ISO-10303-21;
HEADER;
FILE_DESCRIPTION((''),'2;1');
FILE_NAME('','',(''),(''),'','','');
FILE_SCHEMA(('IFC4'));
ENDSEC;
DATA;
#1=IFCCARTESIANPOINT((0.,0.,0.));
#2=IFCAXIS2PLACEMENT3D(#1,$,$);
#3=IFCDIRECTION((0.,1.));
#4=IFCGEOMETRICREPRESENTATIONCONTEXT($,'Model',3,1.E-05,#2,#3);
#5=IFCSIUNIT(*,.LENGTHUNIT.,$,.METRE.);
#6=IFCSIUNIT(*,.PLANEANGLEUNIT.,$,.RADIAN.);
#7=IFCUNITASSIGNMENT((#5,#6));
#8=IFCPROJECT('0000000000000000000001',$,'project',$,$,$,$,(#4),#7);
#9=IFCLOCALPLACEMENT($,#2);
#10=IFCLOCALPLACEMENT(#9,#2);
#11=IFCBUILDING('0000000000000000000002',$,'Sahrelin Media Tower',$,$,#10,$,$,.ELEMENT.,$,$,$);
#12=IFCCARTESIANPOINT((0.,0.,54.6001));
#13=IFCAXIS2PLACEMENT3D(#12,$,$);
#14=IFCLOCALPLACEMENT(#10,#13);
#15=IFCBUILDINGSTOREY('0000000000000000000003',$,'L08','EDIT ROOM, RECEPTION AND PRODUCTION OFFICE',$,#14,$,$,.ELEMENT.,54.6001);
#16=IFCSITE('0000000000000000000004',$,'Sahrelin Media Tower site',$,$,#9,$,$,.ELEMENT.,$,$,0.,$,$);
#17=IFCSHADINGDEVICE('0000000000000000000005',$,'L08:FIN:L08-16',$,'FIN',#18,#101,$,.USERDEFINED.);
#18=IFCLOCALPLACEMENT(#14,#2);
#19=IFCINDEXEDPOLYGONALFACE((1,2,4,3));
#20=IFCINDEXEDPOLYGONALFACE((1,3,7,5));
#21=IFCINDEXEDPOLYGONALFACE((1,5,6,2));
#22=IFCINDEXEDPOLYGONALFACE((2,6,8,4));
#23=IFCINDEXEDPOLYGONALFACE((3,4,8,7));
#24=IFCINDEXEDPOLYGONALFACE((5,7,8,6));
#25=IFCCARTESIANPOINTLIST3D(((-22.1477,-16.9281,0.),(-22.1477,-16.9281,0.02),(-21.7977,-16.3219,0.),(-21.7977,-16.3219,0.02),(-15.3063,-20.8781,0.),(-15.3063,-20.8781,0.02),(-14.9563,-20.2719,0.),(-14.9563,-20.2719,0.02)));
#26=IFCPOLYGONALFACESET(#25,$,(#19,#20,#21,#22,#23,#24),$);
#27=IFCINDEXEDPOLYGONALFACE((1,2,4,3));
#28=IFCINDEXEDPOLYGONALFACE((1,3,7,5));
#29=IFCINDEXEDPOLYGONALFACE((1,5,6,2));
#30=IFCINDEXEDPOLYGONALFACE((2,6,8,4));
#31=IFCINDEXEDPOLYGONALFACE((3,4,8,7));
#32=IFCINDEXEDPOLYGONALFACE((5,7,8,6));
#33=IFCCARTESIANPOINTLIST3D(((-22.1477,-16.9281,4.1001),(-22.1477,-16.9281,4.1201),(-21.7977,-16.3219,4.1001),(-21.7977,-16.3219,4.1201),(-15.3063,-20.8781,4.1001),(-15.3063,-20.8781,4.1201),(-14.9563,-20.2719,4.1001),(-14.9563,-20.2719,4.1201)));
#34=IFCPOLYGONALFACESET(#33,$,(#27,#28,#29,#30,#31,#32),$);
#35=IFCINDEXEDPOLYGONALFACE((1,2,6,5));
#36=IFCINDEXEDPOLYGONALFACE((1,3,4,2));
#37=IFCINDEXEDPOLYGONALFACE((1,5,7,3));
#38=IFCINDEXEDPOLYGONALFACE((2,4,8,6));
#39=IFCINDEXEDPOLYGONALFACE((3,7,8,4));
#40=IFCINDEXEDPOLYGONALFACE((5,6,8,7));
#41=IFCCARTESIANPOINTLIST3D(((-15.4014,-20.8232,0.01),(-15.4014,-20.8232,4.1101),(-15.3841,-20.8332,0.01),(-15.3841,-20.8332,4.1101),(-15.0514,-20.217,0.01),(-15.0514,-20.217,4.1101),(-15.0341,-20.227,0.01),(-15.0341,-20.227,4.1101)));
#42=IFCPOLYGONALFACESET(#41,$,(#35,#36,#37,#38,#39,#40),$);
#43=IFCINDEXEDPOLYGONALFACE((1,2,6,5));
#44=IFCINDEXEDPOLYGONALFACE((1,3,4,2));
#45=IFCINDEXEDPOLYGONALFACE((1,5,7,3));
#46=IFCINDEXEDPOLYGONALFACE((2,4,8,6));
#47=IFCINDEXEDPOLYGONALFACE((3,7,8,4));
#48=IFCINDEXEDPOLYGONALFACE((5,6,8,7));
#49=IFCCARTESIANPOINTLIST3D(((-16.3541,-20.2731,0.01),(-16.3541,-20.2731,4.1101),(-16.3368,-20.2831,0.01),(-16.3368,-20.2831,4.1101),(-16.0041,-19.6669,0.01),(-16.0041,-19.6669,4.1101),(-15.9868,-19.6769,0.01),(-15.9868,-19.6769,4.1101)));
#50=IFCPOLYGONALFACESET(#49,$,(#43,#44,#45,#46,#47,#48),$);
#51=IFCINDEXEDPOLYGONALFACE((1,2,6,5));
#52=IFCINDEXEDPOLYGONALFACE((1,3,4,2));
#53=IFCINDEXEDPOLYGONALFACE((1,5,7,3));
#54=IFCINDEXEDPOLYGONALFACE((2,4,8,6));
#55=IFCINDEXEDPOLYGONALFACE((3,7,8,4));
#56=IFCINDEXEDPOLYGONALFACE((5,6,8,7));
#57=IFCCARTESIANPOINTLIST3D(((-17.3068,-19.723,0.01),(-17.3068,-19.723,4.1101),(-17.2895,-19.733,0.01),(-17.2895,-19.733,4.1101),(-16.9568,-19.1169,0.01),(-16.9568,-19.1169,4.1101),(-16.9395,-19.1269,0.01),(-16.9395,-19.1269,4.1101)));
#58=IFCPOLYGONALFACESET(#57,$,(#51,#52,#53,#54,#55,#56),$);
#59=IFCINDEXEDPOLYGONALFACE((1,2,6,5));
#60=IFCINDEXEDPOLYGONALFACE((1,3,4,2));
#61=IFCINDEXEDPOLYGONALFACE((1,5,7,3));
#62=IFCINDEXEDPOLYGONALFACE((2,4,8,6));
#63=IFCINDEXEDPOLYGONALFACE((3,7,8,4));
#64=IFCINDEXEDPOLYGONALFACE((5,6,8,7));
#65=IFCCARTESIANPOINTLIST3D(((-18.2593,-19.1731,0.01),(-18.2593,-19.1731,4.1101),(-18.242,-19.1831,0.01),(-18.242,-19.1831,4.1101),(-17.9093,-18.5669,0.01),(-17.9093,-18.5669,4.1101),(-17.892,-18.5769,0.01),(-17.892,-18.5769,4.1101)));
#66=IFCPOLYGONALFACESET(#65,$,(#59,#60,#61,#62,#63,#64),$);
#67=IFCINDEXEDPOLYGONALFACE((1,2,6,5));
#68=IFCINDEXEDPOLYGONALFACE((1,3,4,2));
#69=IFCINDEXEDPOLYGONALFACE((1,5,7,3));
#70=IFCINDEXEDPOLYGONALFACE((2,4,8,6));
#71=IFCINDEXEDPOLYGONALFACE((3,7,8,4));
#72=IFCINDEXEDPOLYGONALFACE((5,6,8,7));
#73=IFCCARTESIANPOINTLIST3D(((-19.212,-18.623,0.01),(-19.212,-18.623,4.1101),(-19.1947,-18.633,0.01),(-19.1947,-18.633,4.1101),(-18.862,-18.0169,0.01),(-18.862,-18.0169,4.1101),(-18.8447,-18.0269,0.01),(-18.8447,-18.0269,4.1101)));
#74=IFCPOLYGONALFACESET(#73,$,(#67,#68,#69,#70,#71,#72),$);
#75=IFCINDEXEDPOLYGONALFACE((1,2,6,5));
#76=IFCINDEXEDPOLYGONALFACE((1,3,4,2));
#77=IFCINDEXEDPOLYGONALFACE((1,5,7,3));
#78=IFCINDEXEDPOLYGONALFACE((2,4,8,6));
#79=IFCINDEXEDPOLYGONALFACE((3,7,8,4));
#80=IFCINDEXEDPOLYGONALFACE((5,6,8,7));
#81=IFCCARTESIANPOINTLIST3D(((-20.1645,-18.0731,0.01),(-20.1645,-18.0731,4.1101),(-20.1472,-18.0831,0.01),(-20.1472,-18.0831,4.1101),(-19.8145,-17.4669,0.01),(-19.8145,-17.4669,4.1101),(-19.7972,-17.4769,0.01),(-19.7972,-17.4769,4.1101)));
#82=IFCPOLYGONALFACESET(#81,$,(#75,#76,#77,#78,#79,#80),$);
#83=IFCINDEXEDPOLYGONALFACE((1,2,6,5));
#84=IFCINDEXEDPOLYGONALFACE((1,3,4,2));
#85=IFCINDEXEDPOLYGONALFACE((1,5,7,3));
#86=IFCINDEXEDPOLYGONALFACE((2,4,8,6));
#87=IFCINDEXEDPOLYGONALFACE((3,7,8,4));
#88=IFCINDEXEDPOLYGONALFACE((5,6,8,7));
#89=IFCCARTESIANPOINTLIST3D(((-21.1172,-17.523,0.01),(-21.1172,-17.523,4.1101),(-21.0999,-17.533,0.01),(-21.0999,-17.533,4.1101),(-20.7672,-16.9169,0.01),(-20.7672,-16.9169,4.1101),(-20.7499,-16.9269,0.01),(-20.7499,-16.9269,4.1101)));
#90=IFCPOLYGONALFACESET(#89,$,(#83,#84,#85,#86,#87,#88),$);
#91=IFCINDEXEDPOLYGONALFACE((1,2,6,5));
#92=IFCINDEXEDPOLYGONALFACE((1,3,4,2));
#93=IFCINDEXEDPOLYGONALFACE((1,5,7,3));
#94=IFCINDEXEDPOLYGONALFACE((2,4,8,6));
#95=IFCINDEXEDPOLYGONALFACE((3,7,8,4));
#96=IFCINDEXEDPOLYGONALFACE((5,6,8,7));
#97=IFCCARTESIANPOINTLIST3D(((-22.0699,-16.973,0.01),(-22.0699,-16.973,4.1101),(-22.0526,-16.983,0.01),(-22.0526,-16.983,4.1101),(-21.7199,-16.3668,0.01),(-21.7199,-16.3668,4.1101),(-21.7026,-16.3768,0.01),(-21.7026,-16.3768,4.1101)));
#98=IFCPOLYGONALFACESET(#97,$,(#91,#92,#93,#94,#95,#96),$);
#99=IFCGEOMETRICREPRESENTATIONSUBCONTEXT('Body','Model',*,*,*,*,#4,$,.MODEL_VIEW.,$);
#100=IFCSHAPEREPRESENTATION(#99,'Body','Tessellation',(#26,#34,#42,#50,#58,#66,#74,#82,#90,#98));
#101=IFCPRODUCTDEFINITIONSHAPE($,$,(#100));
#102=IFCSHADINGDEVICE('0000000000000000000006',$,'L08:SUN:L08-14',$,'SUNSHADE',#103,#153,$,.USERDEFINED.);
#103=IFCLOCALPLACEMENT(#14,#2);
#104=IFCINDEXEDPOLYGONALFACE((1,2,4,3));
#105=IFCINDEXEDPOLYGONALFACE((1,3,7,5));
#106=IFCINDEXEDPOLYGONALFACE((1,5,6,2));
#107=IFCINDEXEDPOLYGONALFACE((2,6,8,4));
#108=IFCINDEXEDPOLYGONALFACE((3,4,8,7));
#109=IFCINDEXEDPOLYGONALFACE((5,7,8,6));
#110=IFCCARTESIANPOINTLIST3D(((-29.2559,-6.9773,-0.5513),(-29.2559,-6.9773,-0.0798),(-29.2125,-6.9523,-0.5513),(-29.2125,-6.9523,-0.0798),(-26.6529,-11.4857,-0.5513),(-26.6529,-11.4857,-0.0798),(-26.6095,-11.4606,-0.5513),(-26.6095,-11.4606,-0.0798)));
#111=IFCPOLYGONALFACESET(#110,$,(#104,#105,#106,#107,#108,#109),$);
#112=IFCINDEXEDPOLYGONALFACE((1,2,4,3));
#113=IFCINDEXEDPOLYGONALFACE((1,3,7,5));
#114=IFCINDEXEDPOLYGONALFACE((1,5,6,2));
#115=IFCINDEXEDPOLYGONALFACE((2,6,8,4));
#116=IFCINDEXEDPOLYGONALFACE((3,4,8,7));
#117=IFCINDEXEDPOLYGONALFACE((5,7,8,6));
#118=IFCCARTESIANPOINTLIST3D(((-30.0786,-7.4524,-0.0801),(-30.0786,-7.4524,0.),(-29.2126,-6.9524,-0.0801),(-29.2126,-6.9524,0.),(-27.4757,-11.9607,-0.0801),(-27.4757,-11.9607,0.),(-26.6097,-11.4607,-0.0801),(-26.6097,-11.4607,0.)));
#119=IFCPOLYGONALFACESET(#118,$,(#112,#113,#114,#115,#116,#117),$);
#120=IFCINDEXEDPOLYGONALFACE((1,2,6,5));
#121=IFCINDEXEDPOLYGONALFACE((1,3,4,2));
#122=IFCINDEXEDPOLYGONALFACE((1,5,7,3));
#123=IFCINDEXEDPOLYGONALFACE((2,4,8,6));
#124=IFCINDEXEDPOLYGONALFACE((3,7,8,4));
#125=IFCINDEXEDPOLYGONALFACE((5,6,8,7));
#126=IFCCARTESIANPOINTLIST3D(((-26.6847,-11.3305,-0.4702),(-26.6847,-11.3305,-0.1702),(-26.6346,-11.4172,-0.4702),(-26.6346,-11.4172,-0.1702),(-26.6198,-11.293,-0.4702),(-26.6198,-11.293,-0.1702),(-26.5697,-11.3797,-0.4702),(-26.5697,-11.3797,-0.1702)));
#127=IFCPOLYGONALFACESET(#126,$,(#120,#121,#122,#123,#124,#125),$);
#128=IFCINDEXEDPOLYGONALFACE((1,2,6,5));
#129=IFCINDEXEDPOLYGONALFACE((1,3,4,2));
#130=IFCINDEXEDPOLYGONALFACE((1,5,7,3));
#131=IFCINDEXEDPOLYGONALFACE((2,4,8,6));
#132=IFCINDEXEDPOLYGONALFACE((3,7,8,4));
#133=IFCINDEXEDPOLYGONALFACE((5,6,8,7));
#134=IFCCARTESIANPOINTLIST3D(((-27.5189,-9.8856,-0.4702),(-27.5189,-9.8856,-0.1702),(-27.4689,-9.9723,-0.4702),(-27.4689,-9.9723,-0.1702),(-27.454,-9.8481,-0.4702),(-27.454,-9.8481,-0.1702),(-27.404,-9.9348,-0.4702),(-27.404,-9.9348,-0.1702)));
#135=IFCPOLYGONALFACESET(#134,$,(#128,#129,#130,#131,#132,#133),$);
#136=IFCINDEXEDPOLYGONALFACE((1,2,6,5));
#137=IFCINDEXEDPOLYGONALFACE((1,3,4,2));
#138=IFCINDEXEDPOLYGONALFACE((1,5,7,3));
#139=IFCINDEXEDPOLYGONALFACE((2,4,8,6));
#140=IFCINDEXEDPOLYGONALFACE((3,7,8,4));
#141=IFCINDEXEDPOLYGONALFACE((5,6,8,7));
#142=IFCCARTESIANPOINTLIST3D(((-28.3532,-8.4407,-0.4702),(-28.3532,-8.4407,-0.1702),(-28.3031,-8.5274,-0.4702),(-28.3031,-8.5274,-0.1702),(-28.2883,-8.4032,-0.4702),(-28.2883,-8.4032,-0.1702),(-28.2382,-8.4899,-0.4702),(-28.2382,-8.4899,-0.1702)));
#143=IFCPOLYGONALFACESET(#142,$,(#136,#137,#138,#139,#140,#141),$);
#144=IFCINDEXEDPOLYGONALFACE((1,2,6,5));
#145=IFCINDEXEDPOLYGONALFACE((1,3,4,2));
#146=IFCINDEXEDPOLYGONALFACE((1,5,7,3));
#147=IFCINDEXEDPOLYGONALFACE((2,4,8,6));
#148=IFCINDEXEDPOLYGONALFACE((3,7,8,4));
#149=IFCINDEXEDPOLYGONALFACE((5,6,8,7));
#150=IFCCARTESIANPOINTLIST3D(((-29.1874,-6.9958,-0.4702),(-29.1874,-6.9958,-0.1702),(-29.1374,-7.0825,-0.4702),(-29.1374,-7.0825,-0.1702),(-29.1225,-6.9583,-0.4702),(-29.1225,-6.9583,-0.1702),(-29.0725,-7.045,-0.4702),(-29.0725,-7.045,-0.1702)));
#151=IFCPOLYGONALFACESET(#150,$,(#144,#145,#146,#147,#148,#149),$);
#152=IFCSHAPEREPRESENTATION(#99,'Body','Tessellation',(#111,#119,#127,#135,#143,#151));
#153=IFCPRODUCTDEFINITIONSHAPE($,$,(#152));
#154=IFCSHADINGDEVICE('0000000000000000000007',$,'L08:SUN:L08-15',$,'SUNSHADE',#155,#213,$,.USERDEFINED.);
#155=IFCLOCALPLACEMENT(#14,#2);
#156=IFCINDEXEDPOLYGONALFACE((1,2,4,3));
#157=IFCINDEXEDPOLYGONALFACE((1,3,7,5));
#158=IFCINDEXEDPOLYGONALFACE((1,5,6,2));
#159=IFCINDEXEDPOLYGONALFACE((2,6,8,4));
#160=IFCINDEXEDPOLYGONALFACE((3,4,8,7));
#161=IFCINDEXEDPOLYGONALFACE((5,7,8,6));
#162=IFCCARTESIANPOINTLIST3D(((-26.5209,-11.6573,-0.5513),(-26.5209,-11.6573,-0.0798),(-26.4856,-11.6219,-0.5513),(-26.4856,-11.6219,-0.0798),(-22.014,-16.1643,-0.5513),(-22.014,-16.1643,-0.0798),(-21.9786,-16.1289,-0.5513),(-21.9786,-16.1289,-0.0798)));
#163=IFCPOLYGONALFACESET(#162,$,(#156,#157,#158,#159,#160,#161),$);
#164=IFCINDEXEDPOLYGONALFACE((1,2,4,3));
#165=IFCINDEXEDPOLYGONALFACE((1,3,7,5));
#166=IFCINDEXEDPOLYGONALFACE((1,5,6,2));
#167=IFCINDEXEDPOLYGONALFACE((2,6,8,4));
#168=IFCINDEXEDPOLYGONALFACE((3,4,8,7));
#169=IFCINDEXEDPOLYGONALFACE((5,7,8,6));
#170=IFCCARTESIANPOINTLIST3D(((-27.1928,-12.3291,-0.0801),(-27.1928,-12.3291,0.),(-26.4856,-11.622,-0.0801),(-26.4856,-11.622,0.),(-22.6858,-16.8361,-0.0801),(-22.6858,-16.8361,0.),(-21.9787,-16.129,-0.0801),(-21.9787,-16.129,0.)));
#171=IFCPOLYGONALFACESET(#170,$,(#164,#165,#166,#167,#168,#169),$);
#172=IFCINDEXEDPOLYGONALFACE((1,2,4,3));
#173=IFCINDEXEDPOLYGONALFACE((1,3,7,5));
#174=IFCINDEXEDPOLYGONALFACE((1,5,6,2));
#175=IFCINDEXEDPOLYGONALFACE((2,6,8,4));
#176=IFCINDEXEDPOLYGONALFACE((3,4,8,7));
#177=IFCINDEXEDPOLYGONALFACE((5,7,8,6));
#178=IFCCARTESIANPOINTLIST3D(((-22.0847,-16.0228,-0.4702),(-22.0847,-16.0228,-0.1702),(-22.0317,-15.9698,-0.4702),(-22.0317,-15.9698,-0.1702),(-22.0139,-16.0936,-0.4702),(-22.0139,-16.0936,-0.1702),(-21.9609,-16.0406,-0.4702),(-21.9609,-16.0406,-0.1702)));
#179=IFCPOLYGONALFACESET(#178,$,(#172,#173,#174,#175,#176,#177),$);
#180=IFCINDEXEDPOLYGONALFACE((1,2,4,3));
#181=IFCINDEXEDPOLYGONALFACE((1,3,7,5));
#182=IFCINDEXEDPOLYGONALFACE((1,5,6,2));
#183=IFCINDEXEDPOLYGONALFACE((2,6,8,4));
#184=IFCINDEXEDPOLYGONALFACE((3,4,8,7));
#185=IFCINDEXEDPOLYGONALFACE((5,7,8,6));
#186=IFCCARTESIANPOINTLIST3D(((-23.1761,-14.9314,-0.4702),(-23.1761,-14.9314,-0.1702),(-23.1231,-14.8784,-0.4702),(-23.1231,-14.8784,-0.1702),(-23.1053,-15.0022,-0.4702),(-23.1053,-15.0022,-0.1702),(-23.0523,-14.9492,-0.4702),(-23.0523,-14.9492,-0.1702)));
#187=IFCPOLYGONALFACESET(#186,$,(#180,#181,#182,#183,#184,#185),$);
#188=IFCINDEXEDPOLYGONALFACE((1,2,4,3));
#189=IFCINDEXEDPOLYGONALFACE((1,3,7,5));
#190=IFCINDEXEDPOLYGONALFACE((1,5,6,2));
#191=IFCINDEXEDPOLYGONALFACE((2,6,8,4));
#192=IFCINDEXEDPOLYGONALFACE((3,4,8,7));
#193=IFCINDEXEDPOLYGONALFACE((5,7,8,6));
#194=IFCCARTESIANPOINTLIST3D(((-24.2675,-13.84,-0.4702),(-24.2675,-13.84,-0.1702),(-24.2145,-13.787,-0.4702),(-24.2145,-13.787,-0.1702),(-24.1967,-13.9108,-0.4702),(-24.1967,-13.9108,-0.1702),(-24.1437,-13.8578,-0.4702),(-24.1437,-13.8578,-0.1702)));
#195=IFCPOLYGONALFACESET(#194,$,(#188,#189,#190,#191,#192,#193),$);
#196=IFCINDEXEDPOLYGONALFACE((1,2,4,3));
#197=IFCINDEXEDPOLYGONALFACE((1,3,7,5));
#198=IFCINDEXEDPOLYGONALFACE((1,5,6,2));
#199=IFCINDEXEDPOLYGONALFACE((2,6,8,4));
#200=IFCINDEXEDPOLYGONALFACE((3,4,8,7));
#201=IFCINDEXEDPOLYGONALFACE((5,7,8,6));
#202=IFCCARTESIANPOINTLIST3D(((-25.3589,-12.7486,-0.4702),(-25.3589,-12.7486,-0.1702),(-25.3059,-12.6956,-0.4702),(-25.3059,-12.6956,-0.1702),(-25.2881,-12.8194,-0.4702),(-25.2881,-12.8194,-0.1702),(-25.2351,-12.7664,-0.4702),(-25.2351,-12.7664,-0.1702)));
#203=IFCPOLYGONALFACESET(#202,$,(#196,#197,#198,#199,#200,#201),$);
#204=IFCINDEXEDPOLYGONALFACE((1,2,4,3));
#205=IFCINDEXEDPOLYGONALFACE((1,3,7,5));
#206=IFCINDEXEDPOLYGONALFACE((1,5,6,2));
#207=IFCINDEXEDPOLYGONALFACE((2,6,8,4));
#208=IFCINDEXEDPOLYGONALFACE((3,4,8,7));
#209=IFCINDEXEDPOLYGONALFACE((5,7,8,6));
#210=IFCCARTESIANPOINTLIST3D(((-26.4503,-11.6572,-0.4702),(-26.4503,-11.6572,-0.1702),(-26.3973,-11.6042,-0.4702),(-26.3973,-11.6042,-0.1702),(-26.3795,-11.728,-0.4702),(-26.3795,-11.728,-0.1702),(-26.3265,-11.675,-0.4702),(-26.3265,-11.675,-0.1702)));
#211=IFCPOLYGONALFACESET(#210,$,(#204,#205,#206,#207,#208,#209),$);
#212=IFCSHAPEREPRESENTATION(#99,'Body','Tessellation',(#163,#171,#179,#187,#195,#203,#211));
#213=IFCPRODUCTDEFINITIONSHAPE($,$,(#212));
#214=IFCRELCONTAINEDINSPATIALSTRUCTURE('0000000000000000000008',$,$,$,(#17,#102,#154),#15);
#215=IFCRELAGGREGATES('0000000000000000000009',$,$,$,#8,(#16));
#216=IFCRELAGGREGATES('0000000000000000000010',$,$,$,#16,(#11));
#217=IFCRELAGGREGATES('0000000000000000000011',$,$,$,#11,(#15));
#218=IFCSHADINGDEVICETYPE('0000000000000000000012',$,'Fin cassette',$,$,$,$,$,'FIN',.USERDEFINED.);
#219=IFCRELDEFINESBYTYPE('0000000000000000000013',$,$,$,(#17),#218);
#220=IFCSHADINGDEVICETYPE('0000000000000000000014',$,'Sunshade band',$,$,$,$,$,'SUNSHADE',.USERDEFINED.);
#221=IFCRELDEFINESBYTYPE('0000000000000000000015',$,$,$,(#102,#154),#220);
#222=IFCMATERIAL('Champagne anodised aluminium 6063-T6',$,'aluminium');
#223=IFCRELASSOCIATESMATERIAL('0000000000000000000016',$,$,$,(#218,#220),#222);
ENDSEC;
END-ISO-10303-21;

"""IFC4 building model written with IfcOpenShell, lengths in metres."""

from ifc_helpers import new_model, si_unit, direction, frame, origin, origin_2d, place, context, subcontext, project, spatial, rectangle, extrude, material, type_object, element, save


model = new_model("IFC4")

# Units and contexts
model_context = context("Model", 3, precision=1e-05, world=origin(), true_north=direction((0.0, 1.0)))
body_context = subcontext(model_context, "Body", "Model", "MODEL_VIEW")
ifc_project = project(units=[si_unit("LENGTHUNIT", "METRE"), si_unit("PLANEANGLEUNIT", "RADIAN")], contexts=[model_context])

# Site, building, storey
site_placement = place(None, origin())
site = spatial("IfcSite", under=ifc_project, at=site_placement, Name="Sahrelin Media Tower site", CompositionType="ELEMENT", RefElevation=0.0)
building_placement = place(site_placement, origin())
building = spatial("IfcBuilding", under=site, at=building_placement, Name="Sahrelin Media Tower", CompositionType="ELEMENT")
storey_placement = place(building_placement, frame((0.0, 0.0, 54.6001)))
storey = spatial("IfcBuildingStorey", under=building, at=storey_placement, Name="L08", Description="EDIT ROOM, RECEPTION AND PRODUCTION OFFICE", CompositionType="ELEMENT", Elevation=54.6001)

# Shared definitions
ifc_material_1 = material(Name="Champagne anodised aluminium 6063-T6", Category="aluminium")

# Shading devices
shading_device_type_1 = type_object("IfcShadingDeviceType", Name="Fin cassette", ElementType="FIN", PredefinedType="USERDEFINED", material=ifc_material_1)
placement_1 = place(storey_placement, frame((-27.8938, -9.1965, 0.0), z_axis=(0.0, 0.0, 1.0), x_axis=(-0.500011, 0.866019, 0.0)))
placement_2 = place(storey_placement, frame((-24.218, -13.8613, 0.0), z_axis=(0.0, 0.0, 1.0), x_axis=(-0.707107, 0.707107, 0.0)))
placement_3 = place(storey_placement, frame((-18.342, -18.2363, 0.0), z_axis=(0.0, 0.0, 1.0), x_axis=(-0.866019, 0.500011, 0.0)))
element("IfcShadingDevice", 1, at=placement_3, inside=storey, type_object=shading_device_type_1, Name="L08:FIN:L08-16", ObjectType="FIN", PredefinedType="USERDEFINED", context=body_context, shape_type="SweptSolid", body=[
    extrude(rectangle(XDim=7.8999, YDim=0.7, at=origin_2d()), frame((0.0, 0.4199, 0.0)), (0.0, 0.0, 1.0), 0.02),
    extrude(rectangle(XDim=7.8999, YDim=0.7, at=origin_2d()), frame((0.0, 0.4199, 4.1001)), (0.0, 0.0, 1.0), 0.02),
    extrude(rectangle(XDim=0.02, YDim=0.7, at=origin_2d()), frame((-3.8501, 0.4199, 0.01), z_axis=(0.0, 0.0, 1.0), x_axis=(1.0, 0.0, 0.0)), (0.0, 0.0, 1.0), 4.1001),
    extrude(rectangle(XDim=0.02, YDim=0.7, at=origin_2d()), frame((-2.75, 0.4199, 0.01), z_axis=(0.0, 0.0, 1.0), x_axis=(1.0, 0.0, 0.0)), (0.0, 0.0, 1.0), 4.1001),
    extrude(rectangle(XDim=0.02, YDim=0.7, at=origin_2d()), frame((-1.6499, 0.4199, 0.01), z_axis=(0.0, 0.0, 1.0), x_axis=(1.0, 0.0, 0.0)), (0.0, 0.0, 1.0), 4.1001),
    extrude(rectangle(XDim=0.02, YDim=0.7, at=origin_2d()), frame((-0.55, 0.4199, 0.01), z_axis=(0.0, 0.0, 1.0), x_axis=(1.0, 0.0, 0.0)), (0.0, 0.0, 1.0), 4.1001),
    extrude(rectangle(XDim=0.02, YDim=0.7, at=origin_2d()), frame((0.55, 0.4199, 0.01), z_axis=(0.0, 0.0, 1.0), x_axis=(1.0, 0.0, 0.0)), (0.0, 0.0, 1.0), 4.1001),
    extrude(rectangle(XDim=0.02, YDim=0.7, at=origin_2d()), frame((1.6499, 0.4199, 0.01), z_axis=(0.0, 0.0, 1.0), x_axis=(1.0, 0.0, 0.0)), (0.0, 0.0, 1.0), 4.1001),
    extrude(rectangle(XDim=0.02, YDim=0.7, at=origin_2d()), frame((2.75, 0.4199, 0.01), z_axis=(0.0, 0.0, 1.0), x_axis=(1.0, 0.0, 0.0)), (0.0, 0.0, 1.0), 4.1001),
    extrude(rectangle(XDim=0.02, YDim=0.7, at=origin_2d()), frame((3.8501, 0.4199, 0.01), z_axis=(0.0, 0.0, 1.0), x_axis=(1.0, 0.0, 0.0)), (0.0, 0.0, 1.0), 4.1001),
])
shading_device_type_2 = type_object("IfcShadingDeviceType", Name="Sunshade band", ElementType="SUNSHADE", PredefinedType="USERDEFINED", material=ifc_material_1)
element("IfcShadingDevice", 2, at=placement_1, inside=storey, type_object=shading_device_type_2, Name="L08:SUN:L08-14", ObjectType="SUNSHADE", PredefinedType="USERDEFINED", context=body_context, shape_type="SweptSolid", body=[
    extrude(rectangle(XDim=5.2058, YDim=0.05, at=origin_2d()), frame((0.0, 0.0449, -0.5513)), (0.0, 0.0, 1.0), 0.4714),
    extrude(rectangle(XDim=5.2058, YDim=1.0, at=origin_2d()), frame((0.0, 0.52, -0.0801)), (0.0, 0.0, 1.0), 0.0801),
    extrude(rectangle(XDim=0.1001, YDim=0.075, at=origin_2d()), frame((-2.5027, -0.0176, -0.4702)), (0.0, 0.0, 1.0), 0.3),
    extrude(rectangle(XDim=0.1001, YDim=0.075, at=origin_2d()), frame((-0.8342, -0.0176, -0.4702)), (0.0, 0.0, 1.0), 0.3),
    extrude(rectangle(XDim=0.1001, YDim=0.075, at=origin_2d()), frame((0.8342, -0.0176, -0.4702)), (0.0, 0.0, 1.0), 0.3),
    extrude(rectangle(XDim=0.1001, YDim=0.075, at=origin_2d()), frame((2.5027, -0.0176, -0.4702)), (0.0, 0.0, 1.0), 0.3),
])
element("IfcShadingDevice", 3, at=placement_2, inside=storey, type_object=shading_device_type_2, Name="L08:SUN:L08-15", ObjectType="SUNSHADE", PredefinedType="USERDEFINED", context=body_context, shape_type="SweptSolid", body=[
    extrude(rectangle(XDim=6.3738, YDim=0.05, at=origin_2d()), frame((0.0, 0.0449, -0.5513)), (0.0, 0.0, 1.0), 0.4714),
    extrude(rectangle(XDim=6.3738, YDim=1.0, at=origin_2d()), frame((0.0, 0.52, -0.0801)), (0.0, 0.0, 1.0), 0.0801),
    extrude(rectangle(XDim=0.1001, YDim=0.075, at=origin_2d()), frame((-3.0869, -0.0176, -0.4702)), (0.0, 0.0, 1.0), 0.3),
    extrude(rectangle(XDim=0.1001, YDim=0.075, at=origin_2d()), frame((-1.5435, -0.0176, -0.4702)), (0.0, 0.0, 1.0), 0.3),
    extrude(rectangle(XDim=0.1001, YDim=0.075, at=origin_2d()), frame((0.0, -0.0176, -0.4702)), (0.0, 0.0, 1.0), 0.3),
    extrude(rectangle(XDim=0.1001, YDim=0.075, at=origin_2d()), frame((1.5435, -0.0176, -0.4702)), (0.0, 0.0, 1.0), 0.3),
    extrude(rectangle(XDim=0.1001, YDim=0.075, at=origin_2d()), frame((3.0869, -0.0176, -0.4702)), (0.0, 0.0, 1.0), 0.3),
])

save(model, "model.ifc")
